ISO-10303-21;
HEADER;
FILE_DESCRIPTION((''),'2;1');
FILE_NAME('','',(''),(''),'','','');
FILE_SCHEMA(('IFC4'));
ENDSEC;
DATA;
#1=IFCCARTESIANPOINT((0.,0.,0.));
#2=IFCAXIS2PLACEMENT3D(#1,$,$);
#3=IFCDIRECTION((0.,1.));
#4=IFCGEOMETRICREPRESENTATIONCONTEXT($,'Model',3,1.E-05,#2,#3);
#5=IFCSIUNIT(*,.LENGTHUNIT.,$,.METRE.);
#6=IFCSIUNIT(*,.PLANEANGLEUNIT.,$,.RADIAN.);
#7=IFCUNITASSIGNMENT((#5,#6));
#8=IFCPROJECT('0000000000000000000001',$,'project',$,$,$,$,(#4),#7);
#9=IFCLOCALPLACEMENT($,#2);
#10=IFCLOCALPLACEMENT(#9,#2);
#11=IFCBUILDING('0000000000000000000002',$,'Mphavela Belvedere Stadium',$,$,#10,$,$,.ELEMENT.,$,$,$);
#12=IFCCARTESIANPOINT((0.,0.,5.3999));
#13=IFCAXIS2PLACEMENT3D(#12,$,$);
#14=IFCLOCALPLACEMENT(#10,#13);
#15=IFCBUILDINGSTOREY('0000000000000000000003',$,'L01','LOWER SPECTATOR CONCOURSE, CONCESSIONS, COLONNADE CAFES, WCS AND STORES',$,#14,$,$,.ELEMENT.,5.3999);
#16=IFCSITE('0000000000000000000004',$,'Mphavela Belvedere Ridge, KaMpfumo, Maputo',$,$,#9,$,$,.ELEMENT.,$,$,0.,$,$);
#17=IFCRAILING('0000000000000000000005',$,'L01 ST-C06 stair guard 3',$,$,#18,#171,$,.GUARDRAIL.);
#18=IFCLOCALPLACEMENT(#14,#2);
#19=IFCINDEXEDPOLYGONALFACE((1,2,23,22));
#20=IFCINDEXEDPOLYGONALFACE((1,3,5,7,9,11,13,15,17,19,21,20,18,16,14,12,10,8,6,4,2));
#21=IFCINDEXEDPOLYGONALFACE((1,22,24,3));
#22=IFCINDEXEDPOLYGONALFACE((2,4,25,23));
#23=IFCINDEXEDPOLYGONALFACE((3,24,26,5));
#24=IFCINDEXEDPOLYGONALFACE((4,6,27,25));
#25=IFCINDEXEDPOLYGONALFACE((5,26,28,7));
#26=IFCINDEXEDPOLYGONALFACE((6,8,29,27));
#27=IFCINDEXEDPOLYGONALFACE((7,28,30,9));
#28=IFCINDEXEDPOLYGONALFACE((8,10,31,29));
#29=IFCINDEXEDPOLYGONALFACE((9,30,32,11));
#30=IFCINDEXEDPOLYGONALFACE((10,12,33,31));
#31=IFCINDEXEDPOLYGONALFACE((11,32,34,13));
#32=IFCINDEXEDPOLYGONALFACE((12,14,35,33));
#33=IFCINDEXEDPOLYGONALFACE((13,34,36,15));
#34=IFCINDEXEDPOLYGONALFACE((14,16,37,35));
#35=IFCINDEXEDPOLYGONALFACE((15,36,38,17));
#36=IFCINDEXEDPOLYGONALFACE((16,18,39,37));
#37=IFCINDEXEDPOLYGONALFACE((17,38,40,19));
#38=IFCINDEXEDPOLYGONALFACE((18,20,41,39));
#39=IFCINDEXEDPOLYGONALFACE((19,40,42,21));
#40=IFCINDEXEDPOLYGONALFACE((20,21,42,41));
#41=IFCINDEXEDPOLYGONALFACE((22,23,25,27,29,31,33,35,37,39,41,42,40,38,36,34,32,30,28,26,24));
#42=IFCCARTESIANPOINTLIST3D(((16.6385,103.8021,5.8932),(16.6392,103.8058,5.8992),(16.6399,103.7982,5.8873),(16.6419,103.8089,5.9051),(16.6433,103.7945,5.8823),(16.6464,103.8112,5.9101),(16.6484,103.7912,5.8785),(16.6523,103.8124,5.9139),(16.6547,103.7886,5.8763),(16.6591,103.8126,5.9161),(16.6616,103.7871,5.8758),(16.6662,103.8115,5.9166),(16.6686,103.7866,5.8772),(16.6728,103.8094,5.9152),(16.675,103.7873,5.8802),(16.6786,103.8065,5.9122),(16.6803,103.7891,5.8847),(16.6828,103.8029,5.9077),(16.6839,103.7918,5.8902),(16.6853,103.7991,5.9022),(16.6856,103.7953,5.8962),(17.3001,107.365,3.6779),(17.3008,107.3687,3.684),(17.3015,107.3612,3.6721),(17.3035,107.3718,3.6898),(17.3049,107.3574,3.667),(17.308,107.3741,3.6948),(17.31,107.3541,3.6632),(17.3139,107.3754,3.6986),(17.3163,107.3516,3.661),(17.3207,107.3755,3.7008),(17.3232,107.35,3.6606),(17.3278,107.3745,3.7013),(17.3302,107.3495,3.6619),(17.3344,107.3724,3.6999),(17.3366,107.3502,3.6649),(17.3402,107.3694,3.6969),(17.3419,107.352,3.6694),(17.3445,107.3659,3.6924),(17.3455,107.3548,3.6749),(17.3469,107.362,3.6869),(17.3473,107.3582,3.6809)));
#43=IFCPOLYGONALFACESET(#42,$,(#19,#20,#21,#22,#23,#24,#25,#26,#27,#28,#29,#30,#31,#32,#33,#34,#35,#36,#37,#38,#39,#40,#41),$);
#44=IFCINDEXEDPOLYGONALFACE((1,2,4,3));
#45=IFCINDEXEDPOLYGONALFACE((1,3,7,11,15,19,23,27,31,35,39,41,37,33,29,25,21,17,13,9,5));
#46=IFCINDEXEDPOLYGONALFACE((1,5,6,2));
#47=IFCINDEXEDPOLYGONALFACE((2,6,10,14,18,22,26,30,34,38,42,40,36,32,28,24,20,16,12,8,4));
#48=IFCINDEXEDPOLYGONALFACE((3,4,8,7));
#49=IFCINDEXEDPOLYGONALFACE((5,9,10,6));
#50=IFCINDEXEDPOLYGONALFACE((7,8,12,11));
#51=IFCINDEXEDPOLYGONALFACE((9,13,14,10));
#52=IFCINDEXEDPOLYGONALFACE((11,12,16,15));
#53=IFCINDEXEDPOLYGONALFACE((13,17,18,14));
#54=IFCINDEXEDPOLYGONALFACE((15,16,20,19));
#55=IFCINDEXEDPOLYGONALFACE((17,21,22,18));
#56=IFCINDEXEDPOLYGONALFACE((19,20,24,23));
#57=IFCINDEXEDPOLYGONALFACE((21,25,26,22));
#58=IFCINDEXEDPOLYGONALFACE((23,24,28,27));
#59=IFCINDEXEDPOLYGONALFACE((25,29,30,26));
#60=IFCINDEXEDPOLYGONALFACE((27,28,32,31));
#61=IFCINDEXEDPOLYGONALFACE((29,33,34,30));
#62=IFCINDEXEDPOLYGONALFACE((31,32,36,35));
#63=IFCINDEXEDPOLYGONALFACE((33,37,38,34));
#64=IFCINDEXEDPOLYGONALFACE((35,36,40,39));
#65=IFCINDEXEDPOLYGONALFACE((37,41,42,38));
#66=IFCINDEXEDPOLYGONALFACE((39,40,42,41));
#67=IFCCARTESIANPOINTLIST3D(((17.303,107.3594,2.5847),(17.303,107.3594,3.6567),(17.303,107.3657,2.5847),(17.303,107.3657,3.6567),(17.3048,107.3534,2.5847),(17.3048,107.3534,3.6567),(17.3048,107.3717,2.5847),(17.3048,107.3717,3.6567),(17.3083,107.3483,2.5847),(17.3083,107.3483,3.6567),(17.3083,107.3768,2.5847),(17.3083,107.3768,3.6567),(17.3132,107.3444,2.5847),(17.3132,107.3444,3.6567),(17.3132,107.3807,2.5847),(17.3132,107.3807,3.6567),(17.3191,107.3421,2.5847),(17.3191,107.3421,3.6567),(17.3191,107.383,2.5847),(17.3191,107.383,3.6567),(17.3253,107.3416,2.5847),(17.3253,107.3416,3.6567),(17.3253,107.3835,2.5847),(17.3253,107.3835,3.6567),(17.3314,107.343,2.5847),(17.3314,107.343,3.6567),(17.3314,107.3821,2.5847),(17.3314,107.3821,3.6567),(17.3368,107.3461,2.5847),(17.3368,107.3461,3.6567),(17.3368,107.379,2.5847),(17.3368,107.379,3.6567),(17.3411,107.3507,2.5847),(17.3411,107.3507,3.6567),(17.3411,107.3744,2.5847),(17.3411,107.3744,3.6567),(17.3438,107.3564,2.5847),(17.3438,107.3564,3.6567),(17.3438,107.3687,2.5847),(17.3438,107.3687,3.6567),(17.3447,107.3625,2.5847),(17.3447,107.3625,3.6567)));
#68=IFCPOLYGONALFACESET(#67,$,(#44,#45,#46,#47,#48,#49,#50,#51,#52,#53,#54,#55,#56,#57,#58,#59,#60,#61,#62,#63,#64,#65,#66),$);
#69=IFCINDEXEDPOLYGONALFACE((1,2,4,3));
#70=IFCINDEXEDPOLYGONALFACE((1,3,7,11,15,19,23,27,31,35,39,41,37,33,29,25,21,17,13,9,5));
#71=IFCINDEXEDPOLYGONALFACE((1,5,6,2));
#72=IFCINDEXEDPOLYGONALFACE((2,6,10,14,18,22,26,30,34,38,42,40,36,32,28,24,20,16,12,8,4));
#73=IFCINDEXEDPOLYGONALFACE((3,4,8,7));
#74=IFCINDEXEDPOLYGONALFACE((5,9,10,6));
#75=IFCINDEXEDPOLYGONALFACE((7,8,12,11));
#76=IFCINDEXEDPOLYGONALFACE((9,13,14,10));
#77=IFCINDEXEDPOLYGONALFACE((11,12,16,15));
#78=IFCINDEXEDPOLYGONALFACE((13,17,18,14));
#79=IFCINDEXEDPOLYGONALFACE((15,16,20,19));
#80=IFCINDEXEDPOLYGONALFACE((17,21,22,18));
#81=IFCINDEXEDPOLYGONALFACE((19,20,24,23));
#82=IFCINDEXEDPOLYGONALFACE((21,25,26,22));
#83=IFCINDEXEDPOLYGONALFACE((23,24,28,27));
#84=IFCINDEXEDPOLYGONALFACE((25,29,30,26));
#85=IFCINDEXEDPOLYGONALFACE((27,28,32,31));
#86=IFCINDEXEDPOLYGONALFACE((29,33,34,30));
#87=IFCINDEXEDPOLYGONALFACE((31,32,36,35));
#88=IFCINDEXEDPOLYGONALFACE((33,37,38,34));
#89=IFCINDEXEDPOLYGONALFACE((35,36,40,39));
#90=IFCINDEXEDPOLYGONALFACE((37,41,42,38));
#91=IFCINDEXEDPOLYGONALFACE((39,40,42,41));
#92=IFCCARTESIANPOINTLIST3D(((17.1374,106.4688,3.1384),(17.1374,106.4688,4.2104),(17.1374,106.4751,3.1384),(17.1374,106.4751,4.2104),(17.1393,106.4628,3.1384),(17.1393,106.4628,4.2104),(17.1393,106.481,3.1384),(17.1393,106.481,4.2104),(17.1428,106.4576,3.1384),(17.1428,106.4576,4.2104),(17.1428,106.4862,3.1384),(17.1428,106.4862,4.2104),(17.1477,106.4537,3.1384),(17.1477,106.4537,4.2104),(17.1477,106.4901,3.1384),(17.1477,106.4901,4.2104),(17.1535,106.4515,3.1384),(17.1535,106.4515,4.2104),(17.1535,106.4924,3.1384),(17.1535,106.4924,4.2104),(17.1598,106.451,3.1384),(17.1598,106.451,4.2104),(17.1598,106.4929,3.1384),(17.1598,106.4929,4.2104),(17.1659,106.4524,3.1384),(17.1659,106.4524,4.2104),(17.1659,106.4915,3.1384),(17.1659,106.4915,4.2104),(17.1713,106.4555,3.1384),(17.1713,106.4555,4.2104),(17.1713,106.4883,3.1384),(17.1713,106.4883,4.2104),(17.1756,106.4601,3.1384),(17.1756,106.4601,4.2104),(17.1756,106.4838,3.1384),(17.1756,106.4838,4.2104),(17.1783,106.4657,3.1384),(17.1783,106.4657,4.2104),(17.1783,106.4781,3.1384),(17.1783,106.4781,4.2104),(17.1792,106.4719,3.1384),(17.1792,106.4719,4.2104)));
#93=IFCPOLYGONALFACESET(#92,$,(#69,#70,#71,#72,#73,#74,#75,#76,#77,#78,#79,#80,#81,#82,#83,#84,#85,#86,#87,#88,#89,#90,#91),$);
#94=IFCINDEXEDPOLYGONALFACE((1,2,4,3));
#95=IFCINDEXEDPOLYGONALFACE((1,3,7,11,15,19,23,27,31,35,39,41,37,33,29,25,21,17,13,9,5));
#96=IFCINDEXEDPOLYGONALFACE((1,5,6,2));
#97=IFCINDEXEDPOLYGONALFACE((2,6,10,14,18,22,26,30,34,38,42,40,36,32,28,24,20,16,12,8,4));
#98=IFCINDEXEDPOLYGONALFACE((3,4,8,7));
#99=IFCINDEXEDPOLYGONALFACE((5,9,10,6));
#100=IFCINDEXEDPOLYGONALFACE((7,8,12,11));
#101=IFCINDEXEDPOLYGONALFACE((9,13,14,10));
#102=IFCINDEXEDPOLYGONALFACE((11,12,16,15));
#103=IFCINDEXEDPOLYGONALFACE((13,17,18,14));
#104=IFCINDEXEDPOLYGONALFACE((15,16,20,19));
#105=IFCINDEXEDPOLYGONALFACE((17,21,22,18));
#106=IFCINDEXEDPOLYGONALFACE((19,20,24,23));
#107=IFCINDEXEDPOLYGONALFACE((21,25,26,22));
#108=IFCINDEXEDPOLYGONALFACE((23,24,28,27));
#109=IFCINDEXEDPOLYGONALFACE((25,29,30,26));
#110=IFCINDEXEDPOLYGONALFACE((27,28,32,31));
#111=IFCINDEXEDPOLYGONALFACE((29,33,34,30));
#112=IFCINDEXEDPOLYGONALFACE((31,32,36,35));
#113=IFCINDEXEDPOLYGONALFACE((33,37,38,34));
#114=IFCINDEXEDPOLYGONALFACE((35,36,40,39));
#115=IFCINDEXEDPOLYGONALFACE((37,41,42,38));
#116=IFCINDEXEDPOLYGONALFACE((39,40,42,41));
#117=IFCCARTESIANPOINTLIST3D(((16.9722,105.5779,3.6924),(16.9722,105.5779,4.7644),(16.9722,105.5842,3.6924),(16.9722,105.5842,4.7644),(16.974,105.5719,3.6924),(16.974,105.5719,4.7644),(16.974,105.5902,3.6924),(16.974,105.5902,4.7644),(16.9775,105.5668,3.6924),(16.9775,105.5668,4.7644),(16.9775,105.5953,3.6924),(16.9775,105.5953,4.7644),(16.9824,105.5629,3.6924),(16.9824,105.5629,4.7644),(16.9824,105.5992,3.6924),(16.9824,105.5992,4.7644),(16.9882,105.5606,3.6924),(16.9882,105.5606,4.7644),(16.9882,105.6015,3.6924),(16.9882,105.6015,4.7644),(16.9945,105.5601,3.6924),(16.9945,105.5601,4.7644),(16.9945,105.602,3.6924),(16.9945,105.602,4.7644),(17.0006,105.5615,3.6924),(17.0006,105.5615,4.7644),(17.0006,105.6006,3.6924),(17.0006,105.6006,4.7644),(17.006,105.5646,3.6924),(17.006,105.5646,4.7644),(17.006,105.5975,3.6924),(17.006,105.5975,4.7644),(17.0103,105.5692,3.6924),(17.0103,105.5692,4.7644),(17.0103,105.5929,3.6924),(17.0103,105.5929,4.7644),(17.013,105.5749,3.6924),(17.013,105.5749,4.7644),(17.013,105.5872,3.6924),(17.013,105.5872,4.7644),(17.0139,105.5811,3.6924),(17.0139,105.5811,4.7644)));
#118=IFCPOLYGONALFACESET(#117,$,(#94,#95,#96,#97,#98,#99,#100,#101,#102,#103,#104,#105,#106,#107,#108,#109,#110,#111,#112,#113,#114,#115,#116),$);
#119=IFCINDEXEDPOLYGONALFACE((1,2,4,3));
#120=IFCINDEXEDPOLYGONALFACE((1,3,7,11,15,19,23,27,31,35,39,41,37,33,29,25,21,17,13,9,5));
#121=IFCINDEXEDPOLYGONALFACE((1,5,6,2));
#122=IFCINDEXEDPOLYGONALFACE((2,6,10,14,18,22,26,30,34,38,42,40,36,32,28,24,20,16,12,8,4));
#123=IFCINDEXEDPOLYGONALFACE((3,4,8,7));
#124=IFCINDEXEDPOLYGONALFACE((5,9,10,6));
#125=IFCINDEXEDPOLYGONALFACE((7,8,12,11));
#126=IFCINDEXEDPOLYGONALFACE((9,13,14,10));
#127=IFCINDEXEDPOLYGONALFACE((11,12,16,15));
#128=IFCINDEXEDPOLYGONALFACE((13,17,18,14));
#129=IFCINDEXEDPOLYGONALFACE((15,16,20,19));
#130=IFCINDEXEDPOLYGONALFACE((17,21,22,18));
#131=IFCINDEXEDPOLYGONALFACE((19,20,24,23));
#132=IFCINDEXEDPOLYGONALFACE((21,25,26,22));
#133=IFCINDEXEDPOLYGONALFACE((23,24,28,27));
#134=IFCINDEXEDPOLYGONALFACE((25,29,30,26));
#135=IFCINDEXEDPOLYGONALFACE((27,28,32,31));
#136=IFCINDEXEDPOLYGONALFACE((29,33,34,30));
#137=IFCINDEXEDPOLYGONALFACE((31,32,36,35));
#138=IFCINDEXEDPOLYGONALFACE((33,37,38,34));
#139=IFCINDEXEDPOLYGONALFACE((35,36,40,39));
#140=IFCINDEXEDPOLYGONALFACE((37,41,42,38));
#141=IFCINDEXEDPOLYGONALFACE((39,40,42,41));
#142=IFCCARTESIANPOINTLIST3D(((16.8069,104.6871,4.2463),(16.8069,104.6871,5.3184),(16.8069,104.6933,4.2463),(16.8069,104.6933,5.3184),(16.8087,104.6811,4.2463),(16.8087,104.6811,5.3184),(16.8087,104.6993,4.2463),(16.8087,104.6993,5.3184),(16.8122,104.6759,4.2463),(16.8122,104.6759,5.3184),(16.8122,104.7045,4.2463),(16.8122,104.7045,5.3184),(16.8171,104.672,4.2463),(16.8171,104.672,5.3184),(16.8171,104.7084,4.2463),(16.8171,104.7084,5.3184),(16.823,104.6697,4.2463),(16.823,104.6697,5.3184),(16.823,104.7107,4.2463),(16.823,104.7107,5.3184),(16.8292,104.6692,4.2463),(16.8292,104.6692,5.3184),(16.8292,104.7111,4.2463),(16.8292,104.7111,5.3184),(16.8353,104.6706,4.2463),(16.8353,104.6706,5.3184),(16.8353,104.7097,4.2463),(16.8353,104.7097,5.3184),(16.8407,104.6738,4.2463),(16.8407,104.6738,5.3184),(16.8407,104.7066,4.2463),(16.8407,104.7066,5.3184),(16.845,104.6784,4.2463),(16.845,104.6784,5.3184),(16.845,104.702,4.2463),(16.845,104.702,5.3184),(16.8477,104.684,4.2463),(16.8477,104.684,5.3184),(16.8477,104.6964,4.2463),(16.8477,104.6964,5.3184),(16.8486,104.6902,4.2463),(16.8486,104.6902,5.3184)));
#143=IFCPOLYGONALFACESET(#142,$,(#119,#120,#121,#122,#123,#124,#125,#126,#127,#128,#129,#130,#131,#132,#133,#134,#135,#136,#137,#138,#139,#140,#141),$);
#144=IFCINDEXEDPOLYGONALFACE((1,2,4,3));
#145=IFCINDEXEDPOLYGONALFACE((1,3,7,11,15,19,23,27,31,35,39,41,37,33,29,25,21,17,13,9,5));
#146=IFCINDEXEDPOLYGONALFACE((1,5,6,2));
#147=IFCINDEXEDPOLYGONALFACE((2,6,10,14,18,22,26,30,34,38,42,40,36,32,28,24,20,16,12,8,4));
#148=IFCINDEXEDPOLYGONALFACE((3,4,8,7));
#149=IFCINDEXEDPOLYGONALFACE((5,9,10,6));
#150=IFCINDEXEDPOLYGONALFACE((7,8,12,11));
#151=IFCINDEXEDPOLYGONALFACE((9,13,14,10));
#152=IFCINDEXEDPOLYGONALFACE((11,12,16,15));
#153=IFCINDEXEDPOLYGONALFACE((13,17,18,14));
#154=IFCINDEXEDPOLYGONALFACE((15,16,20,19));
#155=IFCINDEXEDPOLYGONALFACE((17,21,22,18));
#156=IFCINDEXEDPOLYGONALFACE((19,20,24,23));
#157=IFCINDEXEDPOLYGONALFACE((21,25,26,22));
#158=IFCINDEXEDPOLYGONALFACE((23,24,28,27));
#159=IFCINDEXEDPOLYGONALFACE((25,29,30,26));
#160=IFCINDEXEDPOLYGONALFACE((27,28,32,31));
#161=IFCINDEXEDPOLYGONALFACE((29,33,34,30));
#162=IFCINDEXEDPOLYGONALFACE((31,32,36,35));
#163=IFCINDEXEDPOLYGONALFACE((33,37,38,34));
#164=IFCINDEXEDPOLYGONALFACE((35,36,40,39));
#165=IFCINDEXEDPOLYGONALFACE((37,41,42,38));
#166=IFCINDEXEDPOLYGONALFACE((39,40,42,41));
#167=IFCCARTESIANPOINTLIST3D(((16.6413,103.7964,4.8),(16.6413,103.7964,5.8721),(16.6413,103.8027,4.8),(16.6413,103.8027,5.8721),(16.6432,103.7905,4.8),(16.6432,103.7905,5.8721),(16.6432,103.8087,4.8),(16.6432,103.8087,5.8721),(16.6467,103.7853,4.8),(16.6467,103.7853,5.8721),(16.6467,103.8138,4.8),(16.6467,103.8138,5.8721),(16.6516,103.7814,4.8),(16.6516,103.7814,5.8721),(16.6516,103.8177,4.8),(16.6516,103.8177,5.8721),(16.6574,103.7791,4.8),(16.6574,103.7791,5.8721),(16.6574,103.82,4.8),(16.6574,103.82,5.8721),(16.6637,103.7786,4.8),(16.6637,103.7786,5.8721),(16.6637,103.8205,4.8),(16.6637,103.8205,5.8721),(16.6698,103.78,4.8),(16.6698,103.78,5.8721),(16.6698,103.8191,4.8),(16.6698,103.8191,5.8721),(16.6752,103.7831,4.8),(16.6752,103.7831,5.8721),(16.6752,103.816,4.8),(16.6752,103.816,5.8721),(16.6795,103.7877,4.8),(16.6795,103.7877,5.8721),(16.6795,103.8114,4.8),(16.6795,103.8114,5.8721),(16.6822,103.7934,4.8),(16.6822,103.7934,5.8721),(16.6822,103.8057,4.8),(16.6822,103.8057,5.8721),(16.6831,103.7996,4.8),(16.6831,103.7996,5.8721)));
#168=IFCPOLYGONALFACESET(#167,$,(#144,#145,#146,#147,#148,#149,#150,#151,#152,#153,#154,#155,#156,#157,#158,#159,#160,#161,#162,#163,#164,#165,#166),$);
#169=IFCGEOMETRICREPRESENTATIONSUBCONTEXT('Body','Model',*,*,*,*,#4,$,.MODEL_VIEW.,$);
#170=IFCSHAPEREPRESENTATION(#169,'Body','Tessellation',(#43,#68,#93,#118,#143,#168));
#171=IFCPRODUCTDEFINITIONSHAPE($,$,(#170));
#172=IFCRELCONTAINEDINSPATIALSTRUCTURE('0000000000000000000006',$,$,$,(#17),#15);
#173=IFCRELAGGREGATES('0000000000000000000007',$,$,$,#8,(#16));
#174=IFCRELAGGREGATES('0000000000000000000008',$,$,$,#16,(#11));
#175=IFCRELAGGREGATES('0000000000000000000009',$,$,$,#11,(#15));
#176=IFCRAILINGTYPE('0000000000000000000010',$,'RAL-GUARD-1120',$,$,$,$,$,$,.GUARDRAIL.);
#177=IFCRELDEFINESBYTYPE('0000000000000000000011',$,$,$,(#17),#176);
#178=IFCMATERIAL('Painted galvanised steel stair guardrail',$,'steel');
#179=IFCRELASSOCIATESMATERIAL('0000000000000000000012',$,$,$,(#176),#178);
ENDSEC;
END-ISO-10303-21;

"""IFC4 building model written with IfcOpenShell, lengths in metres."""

from ifc_helpers import new_model, si_unit, direction, frame, origin, origin_2d, place, context, subcontext, project, spatial, circle, extrude, material, type_object, element, save


model = new_model("IFC4")

# Units and contexts
model_context = context("Model", 3, precision=1e-05, world=origin(), true_north=direction((0.0, 1.0)))
body_context = subcontext(model_context, "Body", "Model", "MODEL_VIEW")
ifc_project = project(units=[si_unit("LENGTHUNIT", "METRE"), si_unit("PLANEANGLEUNIT", "RADIAN")], contexts=[model_context])

# Site, building, storey
site_placement = place(None, origin())
site = spatial("IfcSite", under=ifc_project, at=site_placement, Name="Mphavela Belvedere Ridge, KaMpfumo, Maputo", CompositionType="ELEMENT", RefElevation=0.0)
building_placement = place(site_placement, origin())
building = spatial("IfcBuilding", under=site, at=building_placement, Name="Mphavela Belvedere Stadium", CompositionType="ELEMENT")
storey_placement = place(building_placement, frame((0.0, 0.0, 5.3999)))
storey = spatial("IfcBuildingStorey", under=building, at=storey_placement, Name="L01", Description="LOWER SPECTATOR CONCOURSE, CONCESSIONS, COLONNADE CAFES, WCS AND STORES", CompositionType="ELEMENT", Elevation=5.3999)

# Railing
ifc_material_1 = material(Name="Painted galvanised steel stair guardrail", Category="steel")
railing_type_1 = type_object("IfcRailingType", Name="RAL-GUARD-1120", PredefinedType="GUARDRAIL", material=ifc_material_1)
railing_1_placement = place(storey_placement, frame((17.3237, 107.3625, 2.5847)))
element("IfcRailing", 1, at=railing_1_placement, inside=storey, type_object=railing_type_1, Name="L01 ST-C06 stair guard 3", PredefinedType="GUARDRAIL", context=body_context, shape_type="SweptSolid", body=[
    extrude(circle(Radius=0.0239, at=origin_2d()), frame((0.0, 0.0, 1.0962), z_axis=(-0.155771, -0.838865, 0.521575), x_axis=(0.983193, -0.182572, 0.0)), (0.0, 0.0, 1.0), 4.2473),
    extrude(circle(Radius=0.021, at=origin_2d()), origin(), (0.0, 0.0, 1.0), 1.072),
    extrude(circle(Radius=0.021, at=origin_2d()), frame((-0.1655, -0.8906, 0.5537)), (0.0, 0.0, 1.0), 1.072),
    extrude(circle(Radius=0.021, at=origin_2d()), frame((-0.3308, -1.7815, 1.1077)), (0.0, 0.0, 1.0), 1.072),
    extrude(circle(Radius=0.021, at=origin_2d()), frame((-0.4961, -2.6724, 1.6616)), (0.0, 0.0, 1.0), 1.072),
    extrude(circle(Radius=0.021, at=origin_2d()), frame((-0.6616, -3.563, 2.2153)), (0.0, 0.0, 1.0), 1.072),
])

save(model, "model.ifc")
